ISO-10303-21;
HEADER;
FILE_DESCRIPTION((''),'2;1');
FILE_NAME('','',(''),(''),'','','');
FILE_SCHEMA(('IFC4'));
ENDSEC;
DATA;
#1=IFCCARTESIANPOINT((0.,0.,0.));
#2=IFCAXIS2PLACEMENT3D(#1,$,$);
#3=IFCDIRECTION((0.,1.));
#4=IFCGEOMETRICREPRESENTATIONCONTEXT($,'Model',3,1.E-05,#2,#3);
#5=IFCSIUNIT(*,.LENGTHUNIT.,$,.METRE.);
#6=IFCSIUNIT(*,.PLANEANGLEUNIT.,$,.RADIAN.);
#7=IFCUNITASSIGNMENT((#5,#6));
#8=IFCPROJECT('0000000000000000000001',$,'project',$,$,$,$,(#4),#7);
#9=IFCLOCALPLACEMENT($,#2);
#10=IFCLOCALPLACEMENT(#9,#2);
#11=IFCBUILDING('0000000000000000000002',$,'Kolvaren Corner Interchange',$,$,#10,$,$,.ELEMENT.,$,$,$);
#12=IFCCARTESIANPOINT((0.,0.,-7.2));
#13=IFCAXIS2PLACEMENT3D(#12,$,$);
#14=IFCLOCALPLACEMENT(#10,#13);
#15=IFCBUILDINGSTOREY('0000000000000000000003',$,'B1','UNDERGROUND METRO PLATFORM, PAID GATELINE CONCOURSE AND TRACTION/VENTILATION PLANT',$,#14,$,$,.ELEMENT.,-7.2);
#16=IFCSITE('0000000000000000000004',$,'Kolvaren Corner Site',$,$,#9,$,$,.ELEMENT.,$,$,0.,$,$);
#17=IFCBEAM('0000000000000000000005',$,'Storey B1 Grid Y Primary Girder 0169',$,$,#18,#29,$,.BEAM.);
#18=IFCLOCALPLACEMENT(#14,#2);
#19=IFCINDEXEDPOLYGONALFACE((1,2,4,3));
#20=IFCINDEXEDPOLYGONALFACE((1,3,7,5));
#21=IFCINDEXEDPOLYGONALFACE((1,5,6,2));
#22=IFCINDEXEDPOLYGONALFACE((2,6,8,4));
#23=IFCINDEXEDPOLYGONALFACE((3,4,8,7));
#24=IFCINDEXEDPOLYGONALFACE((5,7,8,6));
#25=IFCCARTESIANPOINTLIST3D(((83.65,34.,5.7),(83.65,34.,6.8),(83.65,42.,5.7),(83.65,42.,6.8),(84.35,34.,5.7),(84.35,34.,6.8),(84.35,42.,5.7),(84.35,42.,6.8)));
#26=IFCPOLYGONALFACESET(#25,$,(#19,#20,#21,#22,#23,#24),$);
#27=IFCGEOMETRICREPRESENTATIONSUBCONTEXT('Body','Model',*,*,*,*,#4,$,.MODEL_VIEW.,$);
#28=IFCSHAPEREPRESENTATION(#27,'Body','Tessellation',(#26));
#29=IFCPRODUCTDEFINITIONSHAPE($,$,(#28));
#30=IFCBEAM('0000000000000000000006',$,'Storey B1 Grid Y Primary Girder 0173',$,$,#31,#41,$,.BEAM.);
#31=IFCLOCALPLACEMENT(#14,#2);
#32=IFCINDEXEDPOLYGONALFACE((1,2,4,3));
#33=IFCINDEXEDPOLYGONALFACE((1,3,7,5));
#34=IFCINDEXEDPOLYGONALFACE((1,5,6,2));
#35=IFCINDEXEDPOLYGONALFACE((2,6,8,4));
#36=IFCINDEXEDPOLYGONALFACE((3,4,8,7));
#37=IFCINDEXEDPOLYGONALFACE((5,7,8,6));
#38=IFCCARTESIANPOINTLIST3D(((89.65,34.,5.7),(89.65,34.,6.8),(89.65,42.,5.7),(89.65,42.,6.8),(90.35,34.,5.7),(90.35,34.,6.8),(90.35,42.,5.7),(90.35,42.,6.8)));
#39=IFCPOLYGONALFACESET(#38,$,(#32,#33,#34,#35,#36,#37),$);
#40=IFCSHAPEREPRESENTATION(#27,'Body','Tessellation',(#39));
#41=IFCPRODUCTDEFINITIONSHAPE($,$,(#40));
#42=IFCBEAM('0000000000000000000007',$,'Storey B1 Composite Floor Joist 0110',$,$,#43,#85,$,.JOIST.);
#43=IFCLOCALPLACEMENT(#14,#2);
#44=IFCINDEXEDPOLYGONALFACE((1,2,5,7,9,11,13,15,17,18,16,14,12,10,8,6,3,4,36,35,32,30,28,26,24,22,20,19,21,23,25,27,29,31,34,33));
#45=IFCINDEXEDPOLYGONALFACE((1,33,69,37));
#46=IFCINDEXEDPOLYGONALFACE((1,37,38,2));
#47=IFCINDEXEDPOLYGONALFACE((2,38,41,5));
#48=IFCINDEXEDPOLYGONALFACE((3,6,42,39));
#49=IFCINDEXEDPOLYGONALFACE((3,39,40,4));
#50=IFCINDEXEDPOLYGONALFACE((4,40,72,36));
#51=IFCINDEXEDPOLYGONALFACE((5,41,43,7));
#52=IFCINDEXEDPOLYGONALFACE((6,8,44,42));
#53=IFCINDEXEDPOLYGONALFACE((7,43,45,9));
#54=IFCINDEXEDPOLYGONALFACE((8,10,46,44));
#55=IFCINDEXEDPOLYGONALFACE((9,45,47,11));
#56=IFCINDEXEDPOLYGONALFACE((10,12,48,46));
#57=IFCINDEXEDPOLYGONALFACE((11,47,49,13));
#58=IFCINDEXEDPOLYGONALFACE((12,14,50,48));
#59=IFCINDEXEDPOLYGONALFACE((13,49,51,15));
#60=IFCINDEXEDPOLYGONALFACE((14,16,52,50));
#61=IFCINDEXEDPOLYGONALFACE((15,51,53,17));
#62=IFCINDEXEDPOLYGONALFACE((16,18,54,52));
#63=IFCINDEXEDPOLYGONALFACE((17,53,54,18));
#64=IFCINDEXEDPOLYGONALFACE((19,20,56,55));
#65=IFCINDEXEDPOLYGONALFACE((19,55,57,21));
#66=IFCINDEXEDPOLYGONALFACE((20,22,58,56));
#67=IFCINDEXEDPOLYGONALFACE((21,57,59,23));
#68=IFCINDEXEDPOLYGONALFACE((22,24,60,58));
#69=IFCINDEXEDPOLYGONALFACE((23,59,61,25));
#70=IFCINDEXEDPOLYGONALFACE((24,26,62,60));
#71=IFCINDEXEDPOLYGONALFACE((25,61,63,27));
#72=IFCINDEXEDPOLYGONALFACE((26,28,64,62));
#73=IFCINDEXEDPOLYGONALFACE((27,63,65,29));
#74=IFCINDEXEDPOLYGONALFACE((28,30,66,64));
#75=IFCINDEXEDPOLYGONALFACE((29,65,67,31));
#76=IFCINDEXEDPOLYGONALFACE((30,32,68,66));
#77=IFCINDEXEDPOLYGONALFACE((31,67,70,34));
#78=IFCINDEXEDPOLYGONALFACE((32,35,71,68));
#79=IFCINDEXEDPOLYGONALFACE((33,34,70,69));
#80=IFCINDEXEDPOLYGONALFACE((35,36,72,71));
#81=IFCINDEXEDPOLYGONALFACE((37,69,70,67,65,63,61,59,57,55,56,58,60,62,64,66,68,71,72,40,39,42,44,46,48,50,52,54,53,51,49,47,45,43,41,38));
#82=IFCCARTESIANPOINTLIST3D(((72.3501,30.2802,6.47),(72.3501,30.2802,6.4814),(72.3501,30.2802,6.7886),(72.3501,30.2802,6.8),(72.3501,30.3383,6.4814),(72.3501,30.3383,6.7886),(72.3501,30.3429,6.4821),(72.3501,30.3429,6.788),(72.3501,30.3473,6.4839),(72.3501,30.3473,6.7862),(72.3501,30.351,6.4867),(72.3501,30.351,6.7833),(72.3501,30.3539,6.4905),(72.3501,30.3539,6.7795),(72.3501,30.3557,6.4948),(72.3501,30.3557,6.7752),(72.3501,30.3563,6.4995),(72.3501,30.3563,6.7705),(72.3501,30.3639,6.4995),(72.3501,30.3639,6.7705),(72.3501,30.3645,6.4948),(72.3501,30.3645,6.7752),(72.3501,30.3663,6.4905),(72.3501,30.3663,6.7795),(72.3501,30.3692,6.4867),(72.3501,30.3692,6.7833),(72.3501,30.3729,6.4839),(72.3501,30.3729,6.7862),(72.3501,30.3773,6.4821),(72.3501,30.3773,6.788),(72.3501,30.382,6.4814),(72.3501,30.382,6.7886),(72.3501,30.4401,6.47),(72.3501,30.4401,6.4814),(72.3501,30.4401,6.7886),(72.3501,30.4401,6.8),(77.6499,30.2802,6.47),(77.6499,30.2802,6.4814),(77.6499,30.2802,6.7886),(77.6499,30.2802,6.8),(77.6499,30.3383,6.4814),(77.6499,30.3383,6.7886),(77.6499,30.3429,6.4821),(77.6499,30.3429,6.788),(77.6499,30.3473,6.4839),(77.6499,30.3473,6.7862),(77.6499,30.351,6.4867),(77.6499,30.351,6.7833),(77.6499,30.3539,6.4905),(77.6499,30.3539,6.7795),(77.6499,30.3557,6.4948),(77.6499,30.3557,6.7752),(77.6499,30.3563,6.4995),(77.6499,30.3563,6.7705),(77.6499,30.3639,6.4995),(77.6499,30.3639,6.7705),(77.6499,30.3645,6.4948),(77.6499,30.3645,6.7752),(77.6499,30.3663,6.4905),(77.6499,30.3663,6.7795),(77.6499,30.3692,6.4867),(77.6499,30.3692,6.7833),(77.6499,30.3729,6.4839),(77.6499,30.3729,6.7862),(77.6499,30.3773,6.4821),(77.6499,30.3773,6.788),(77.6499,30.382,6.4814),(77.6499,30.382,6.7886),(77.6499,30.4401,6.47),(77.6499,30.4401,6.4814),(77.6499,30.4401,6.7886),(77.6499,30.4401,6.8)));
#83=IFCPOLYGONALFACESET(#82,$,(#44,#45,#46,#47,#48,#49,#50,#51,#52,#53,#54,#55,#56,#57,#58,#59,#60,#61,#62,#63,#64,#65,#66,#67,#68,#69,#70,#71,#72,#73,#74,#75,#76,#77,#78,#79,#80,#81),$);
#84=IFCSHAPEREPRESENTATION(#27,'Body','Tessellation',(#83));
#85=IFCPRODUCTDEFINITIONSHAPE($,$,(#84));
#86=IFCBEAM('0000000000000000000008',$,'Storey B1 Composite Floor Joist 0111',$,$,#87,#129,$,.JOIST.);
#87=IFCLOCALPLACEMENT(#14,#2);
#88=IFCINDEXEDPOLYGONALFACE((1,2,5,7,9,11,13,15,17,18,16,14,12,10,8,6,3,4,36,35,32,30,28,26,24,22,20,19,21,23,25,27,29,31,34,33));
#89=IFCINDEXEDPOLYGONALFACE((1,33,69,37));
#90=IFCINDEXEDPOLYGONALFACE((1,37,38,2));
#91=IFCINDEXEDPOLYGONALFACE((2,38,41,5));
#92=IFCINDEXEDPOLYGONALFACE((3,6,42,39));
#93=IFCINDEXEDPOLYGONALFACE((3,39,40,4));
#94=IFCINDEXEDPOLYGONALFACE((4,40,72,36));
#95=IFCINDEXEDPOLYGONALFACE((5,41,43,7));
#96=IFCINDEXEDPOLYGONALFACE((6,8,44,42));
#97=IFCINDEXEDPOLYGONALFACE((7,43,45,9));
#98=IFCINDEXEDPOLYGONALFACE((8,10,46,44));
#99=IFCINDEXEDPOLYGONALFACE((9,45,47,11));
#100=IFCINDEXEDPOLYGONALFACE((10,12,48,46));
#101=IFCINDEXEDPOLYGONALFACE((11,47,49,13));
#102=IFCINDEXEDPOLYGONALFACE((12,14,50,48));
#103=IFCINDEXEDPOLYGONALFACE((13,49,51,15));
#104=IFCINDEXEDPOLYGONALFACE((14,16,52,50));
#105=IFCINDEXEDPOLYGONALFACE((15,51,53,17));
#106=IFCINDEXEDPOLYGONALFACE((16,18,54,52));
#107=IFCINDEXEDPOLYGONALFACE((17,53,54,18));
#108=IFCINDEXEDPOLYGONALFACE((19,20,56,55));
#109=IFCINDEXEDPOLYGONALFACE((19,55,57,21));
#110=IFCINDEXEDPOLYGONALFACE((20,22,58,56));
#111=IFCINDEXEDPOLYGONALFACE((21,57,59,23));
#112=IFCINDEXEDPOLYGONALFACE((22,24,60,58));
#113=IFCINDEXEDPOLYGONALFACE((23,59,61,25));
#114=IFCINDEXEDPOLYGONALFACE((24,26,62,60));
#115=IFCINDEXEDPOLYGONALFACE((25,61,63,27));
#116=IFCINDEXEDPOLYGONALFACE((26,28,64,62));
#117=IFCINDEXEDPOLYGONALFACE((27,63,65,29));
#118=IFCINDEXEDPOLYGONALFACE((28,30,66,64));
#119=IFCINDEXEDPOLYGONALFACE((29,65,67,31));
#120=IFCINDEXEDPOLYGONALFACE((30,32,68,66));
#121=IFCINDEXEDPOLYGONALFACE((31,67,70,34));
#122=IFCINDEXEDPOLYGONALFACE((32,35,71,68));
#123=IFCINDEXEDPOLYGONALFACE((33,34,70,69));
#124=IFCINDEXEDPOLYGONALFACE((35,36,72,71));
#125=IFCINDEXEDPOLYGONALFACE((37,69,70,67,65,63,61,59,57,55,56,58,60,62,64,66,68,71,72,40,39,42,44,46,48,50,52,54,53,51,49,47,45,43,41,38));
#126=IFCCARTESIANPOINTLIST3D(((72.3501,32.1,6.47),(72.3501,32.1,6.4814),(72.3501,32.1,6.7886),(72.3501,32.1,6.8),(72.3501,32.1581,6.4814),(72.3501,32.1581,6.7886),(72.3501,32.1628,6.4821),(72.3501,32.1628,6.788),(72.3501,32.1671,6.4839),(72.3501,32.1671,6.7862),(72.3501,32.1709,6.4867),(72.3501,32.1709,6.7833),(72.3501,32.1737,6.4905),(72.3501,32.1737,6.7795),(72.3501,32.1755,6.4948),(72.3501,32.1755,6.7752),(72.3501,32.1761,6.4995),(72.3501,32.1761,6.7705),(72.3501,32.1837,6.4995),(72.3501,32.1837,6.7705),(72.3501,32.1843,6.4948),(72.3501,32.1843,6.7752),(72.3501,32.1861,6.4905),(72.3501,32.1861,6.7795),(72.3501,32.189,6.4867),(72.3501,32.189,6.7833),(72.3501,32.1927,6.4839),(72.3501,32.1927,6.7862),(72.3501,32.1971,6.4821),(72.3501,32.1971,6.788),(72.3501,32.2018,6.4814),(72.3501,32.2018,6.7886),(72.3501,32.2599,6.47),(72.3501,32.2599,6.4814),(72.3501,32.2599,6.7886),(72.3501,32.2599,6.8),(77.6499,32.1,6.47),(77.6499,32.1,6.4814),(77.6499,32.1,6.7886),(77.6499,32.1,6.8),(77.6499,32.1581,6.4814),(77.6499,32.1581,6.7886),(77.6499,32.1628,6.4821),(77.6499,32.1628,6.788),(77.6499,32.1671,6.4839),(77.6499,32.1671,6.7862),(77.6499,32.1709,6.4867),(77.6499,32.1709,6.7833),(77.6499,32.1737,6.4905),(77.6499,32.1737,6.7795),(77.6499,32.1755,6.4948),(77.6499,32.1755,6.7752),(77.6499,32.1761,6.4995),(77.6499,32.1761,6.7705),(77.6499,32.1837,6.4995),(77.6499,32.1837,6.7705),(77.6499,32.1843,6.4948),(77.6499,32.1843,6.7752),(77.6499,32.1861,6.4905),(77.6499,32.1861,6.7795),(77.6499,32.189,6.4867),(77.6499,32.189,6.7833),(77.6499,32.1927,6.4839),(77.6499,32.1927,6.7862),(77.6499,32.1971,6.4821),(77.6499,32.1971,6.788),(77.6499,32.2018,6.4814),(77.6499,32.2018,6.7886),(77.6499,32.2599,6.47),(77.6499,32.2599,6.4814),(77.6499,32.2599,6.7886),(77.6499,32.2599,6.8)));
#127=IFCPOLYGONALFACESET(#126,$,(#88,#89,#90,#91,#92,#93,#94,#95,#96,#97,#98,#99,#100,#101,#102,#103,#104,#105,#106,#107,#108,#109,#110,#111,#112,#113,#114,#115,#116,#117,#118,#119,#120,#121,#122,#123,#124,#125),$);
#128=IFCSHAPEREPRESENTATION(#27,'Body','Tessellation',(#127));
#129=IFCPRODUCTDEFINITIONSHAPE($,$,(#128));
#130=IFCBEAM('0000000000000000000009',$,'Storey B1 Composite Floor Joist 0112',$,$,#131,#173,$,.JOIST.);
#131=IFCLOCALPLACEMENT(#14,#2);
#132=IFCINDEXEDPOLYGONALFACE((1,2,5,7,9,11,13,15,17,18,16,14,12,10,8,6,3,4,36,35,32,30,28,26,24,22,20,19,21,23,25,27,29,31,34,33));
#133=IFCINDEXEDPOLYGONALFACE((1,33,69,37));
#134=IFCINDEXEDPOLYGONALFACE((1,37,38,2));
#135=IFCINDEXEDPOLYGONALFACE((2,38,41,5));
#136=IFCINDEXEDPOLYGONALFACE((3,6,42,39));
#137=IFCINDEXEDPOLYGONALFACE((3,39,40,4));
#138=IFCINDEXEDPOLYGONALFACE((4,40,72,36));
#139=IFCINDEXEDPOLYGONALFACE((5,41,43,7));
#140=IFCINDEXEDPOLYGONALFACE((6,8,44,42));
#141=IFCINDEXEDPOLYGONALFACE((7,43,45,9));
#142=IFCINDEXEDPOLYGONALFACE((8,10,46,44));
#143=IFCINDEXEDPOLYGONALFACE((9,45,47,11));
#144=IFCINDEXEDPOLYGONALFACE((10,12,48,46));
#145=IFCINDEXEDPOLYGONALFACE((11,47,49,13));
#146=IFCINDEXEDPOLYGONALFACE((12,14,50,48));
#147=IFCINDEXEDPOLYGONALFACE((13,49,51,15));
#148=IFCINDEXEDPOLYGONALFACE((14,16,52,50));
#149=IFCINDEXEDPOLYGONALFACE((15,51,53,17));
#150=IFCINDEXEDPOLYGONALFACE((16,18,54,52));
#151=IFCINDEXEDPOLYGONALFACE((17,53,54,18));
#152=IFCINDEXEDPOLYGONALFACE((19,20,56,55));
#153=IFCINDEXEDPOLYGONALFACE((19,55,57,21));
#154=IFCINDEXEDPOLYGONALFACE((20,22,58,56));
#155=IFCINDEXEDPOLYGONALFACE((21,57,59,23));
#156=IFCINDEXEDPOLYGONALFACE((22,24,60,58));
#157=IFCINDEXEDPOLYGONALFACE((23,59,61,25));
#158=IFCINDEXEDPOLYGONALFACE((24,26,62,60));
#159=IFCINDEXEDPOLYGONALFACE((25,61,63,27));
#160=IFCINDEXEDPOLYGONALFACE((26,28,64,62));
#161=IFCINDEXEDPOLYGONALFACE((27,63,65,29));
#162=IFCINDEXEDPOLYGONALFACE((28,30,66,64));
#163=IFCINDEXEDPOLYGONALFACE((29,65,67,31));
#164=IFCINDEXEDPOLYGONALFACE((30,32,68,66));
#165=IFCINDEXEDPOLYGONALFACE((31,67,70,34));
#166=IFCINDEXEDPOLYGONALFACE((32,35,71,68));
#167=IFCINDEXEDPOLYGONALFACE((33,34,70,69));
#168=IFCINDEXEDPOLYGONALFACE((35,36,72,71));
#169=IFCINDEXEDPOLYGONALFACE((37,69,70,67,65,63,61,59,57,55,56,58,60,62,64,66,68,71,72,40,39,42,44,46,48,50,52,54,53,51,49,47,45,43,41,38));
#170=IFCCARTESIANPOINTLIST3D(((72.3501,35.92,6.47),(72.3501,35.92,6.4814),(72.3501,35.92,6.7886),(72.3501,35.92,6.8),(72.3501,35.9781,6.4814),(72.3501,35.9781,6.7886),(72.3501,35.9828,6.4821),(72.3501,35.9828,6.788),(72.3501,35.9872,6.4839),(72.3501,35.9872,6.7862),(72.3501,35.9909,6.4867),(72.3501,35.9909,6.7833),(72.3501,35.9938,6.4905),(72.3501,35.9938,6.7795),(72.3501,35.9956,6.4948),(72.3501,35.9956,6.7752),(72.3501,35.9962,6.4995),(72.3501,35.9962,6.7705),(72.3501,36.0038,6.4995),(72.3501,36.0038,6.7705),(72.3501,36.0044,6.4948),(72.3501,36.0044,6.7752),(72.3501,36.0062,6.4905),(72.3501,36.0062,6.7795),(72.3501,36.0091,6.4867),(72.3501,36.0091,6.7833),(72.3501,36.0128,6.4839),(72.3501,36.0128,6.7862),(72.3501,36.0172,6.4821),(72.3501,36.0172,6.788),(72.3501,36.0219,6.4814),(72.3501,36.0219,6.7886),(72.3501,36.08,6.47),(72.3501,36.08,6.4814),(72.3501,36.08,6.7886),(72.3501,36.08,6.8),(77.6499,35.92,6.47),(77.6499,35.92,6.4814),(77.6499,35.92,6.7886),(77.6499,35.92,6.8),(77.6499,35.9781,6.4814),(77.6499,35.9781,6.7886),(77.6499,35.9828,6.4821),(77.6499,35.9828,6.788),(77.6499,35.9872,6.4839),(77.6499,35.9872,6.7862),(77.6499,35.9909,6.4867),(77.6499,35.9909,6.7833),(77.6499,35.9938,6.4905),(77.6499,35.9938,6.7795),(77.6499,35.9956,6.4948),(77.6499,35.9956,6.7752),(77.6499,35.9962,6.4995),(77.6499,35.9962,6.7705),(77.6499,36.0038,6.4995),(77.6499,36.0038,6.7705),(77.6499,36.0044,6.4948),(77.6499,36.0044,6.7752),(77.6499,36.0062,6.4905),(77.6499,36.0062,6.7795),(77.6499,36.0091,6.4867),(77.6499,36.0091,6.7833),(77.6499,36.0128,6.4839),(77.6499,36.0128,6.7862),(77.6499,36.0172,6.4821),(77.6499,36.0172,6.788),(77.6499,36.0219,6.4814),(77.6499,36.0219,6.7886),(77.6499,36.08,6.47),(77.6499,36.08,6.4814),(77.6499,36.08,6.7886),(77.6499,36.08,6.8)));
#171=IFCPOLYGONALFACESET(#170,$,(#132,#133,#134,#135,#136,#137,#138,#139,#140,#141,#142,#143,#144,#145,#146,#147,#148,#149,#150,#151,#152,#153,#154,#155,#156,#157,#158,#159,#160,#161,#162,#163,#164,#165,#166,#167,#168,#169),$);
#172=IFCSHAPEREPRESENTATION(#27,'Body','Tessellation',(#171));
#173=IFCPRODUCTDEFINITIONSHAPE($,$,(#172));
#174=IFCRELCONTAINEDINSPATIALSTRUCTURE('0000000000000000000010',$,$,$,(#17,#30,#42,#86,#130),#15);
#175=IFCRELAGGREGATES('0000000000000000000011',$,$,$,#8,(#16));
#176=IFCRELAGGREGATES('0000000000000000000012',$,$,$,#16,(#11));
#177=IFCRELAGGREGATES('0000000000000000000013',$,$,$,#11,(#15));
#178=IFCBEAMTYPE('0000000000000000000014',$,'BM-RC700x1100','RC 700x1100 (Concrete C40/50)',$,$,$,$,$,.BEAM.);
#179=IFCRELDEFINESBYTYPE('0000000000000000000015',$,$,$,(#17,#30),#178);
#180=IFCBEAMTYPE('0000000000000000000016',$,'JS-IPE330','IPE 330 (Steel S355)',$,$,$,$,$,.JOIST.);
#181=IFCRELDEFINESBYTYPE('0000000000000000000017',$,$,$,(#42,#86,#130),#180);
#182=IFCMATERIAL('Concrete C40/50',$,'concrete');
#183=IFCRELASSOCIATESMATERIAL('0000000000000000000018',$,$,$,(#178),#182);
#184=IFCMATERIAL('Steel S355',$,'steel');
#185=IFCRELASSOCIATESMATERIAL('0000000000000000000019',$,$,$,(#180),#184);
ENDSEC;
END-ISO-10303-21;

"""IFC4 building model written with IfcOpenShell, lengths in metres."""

from ifc_helpers import new_model, si_unit, direction, frame, origin, origin_2d, place, context, subcontext, project, spatial, rectangle, i_section, extrude, material, material_profile, profile_set, type_object, element, save


model = new_model("IFC4")

# Units and contexts
model_context = context("Model", 3, precision=1e-05, world=origin(), true_north=direction((0.0, 1.0)))
body_context = subcontext(model_context, "Body", "Model", "MODEL_VIEW")
ifc_project = project(units=[si_unit("LENGTHUNIT", "METRE"), si_unit("PLANEANGLEUNIT", "RADIAN")], contexts=[model_context])

# Site, building, storey
site_placement = place(None, origin())
site = spatial("IfcSite", under=ifc_project, at=site_placement, Name="Kolvaren Corner Site", CompositionType="ELEMENT", RefElevation=0.0)
building_placement = place(site_placement, origin())
building = spatial("IfcBuilding", under=site, at=building_placement, Name="Kolvaren Corner Interchange", CompositionType="ELEMENT")
storey_placement = place(building_placement, frame((0.0, 0.0, -7.2)))
storey = spatial("IfcBuildingStorey", under=building, at=storey_placement, Name="B1", Description="UNDERGROUND METRO PLATFORM, PAID GATELINE CONCOURSE AND TRACTION/VENTILATION PLANT", CompositionType="ELEMENT", Elevation=-7.2)

# Beams
ifc_material_1 = material(Name="Concrete C40/50", Category="concrete")
ifc_material_profile_1 = material_profile(ifc_material_1, rectangle(XDim=0.7, YDim=1.1001, at=origin_2d()), Name="RC 700x1100")
ifc_profile_set_1 = profile_set([ifc_material_profile_1], Name="Concrete C40/50")
beam_type_1 = type_object("IfcBeamType", Name="BM-RC700x1100", Description="RC 700x1100 (Concrete C40/50)", PredefinedType="BEAM", material=ifc_profile_set_1)
for number, where, z_axis, x_axis, name in (
    (1, (84.0, 34.0, 6.25), (0.0, 1.0, 0.0), (-1.0, 0.0, 0.0), "Storey B1 Grid Y Primary Girder 0169"),
    (2, (90.0, 34.0, 6.25), (0.0, 1.0, 0.0), (-1.0, 0.0, 0.0), "Storey B1 Grid Y Primary Girder 0173"),
):
    element("IfcBeam", number, at=place(storey_placement, frame(where, z_axis=z_axis, x_axis=x_axis)), inside=storey, type_object=beam_type_1, Name=name, PredefinedType="BEAM", context=body_context, shape_type="SweptSolid", body=[
        extrude(rectangle(XDim=0.7, YDim=1.1001, at=origin_2d()), origin(), (0.0, 0.0, 1.0), 8.0),
    ])
ifc_material_2 = material(Name="Steel S355", Category="steel")
ifc_material_profile_2 = material_profile(ifc_material_2, i_section(OverallWidth=0.1599, OverallDepth=0.3301, WebThickness=0.0076, FlangeThickness=0.0115, FilletRadius=0.0181, at=origin_2d()), Name="IPE 330")
ifc_profile_set_2 = profile_set([ifc_material_profile_2], Name="Steel S355")
beam_type_2 = type_object("IfcBeamType", Name="JS-IPE330", Description="IPE 330 (Steel S355)", PredefinedType="JOIST", material=ifc_profile_set_2)
for number, where, z_axis, x_axis, name in (
    (3, (72.3501, 30.3601, 6.635), (1.0, 0.0, 0.0), (0.0, 1.0, 0.0), "Storey B1 Composite Floor Joist 0110"),
    (4, (72.3501, 32.1799, 6.635), (1.0, 0.0, 0.0), (0.0, 1.0, 0.0), "Storey B1 Composite Floor Joist 0111"),
    (5, (72.3501, 36.0, 6.635), (1.0, 0.0, 0.0), (0.0, 1.0, 0.0), "Storey B1 Composite Floor Joist 0112"),
):
    element("IfcBeam", number, at=place(storey_placement, frame(where, z_axis=z_axis, x_axis=x_axis)), inside=storey, type_object=beam_type_2, Name=name, PredefinedType="JOIST", context=body_context, shape_type="SweptSolid", body=[
        extrude(i_section(OverallWidth=0.1599, OverallDepth=0.3301, WebThickness=0.0076, FlangeThickness=0.0115, FilletRadius=0.0181, at=origin_2d()), origin(), (0.0, 0.0, 1.0), 5.2998),
    ])

save(model, "model.ifc")
